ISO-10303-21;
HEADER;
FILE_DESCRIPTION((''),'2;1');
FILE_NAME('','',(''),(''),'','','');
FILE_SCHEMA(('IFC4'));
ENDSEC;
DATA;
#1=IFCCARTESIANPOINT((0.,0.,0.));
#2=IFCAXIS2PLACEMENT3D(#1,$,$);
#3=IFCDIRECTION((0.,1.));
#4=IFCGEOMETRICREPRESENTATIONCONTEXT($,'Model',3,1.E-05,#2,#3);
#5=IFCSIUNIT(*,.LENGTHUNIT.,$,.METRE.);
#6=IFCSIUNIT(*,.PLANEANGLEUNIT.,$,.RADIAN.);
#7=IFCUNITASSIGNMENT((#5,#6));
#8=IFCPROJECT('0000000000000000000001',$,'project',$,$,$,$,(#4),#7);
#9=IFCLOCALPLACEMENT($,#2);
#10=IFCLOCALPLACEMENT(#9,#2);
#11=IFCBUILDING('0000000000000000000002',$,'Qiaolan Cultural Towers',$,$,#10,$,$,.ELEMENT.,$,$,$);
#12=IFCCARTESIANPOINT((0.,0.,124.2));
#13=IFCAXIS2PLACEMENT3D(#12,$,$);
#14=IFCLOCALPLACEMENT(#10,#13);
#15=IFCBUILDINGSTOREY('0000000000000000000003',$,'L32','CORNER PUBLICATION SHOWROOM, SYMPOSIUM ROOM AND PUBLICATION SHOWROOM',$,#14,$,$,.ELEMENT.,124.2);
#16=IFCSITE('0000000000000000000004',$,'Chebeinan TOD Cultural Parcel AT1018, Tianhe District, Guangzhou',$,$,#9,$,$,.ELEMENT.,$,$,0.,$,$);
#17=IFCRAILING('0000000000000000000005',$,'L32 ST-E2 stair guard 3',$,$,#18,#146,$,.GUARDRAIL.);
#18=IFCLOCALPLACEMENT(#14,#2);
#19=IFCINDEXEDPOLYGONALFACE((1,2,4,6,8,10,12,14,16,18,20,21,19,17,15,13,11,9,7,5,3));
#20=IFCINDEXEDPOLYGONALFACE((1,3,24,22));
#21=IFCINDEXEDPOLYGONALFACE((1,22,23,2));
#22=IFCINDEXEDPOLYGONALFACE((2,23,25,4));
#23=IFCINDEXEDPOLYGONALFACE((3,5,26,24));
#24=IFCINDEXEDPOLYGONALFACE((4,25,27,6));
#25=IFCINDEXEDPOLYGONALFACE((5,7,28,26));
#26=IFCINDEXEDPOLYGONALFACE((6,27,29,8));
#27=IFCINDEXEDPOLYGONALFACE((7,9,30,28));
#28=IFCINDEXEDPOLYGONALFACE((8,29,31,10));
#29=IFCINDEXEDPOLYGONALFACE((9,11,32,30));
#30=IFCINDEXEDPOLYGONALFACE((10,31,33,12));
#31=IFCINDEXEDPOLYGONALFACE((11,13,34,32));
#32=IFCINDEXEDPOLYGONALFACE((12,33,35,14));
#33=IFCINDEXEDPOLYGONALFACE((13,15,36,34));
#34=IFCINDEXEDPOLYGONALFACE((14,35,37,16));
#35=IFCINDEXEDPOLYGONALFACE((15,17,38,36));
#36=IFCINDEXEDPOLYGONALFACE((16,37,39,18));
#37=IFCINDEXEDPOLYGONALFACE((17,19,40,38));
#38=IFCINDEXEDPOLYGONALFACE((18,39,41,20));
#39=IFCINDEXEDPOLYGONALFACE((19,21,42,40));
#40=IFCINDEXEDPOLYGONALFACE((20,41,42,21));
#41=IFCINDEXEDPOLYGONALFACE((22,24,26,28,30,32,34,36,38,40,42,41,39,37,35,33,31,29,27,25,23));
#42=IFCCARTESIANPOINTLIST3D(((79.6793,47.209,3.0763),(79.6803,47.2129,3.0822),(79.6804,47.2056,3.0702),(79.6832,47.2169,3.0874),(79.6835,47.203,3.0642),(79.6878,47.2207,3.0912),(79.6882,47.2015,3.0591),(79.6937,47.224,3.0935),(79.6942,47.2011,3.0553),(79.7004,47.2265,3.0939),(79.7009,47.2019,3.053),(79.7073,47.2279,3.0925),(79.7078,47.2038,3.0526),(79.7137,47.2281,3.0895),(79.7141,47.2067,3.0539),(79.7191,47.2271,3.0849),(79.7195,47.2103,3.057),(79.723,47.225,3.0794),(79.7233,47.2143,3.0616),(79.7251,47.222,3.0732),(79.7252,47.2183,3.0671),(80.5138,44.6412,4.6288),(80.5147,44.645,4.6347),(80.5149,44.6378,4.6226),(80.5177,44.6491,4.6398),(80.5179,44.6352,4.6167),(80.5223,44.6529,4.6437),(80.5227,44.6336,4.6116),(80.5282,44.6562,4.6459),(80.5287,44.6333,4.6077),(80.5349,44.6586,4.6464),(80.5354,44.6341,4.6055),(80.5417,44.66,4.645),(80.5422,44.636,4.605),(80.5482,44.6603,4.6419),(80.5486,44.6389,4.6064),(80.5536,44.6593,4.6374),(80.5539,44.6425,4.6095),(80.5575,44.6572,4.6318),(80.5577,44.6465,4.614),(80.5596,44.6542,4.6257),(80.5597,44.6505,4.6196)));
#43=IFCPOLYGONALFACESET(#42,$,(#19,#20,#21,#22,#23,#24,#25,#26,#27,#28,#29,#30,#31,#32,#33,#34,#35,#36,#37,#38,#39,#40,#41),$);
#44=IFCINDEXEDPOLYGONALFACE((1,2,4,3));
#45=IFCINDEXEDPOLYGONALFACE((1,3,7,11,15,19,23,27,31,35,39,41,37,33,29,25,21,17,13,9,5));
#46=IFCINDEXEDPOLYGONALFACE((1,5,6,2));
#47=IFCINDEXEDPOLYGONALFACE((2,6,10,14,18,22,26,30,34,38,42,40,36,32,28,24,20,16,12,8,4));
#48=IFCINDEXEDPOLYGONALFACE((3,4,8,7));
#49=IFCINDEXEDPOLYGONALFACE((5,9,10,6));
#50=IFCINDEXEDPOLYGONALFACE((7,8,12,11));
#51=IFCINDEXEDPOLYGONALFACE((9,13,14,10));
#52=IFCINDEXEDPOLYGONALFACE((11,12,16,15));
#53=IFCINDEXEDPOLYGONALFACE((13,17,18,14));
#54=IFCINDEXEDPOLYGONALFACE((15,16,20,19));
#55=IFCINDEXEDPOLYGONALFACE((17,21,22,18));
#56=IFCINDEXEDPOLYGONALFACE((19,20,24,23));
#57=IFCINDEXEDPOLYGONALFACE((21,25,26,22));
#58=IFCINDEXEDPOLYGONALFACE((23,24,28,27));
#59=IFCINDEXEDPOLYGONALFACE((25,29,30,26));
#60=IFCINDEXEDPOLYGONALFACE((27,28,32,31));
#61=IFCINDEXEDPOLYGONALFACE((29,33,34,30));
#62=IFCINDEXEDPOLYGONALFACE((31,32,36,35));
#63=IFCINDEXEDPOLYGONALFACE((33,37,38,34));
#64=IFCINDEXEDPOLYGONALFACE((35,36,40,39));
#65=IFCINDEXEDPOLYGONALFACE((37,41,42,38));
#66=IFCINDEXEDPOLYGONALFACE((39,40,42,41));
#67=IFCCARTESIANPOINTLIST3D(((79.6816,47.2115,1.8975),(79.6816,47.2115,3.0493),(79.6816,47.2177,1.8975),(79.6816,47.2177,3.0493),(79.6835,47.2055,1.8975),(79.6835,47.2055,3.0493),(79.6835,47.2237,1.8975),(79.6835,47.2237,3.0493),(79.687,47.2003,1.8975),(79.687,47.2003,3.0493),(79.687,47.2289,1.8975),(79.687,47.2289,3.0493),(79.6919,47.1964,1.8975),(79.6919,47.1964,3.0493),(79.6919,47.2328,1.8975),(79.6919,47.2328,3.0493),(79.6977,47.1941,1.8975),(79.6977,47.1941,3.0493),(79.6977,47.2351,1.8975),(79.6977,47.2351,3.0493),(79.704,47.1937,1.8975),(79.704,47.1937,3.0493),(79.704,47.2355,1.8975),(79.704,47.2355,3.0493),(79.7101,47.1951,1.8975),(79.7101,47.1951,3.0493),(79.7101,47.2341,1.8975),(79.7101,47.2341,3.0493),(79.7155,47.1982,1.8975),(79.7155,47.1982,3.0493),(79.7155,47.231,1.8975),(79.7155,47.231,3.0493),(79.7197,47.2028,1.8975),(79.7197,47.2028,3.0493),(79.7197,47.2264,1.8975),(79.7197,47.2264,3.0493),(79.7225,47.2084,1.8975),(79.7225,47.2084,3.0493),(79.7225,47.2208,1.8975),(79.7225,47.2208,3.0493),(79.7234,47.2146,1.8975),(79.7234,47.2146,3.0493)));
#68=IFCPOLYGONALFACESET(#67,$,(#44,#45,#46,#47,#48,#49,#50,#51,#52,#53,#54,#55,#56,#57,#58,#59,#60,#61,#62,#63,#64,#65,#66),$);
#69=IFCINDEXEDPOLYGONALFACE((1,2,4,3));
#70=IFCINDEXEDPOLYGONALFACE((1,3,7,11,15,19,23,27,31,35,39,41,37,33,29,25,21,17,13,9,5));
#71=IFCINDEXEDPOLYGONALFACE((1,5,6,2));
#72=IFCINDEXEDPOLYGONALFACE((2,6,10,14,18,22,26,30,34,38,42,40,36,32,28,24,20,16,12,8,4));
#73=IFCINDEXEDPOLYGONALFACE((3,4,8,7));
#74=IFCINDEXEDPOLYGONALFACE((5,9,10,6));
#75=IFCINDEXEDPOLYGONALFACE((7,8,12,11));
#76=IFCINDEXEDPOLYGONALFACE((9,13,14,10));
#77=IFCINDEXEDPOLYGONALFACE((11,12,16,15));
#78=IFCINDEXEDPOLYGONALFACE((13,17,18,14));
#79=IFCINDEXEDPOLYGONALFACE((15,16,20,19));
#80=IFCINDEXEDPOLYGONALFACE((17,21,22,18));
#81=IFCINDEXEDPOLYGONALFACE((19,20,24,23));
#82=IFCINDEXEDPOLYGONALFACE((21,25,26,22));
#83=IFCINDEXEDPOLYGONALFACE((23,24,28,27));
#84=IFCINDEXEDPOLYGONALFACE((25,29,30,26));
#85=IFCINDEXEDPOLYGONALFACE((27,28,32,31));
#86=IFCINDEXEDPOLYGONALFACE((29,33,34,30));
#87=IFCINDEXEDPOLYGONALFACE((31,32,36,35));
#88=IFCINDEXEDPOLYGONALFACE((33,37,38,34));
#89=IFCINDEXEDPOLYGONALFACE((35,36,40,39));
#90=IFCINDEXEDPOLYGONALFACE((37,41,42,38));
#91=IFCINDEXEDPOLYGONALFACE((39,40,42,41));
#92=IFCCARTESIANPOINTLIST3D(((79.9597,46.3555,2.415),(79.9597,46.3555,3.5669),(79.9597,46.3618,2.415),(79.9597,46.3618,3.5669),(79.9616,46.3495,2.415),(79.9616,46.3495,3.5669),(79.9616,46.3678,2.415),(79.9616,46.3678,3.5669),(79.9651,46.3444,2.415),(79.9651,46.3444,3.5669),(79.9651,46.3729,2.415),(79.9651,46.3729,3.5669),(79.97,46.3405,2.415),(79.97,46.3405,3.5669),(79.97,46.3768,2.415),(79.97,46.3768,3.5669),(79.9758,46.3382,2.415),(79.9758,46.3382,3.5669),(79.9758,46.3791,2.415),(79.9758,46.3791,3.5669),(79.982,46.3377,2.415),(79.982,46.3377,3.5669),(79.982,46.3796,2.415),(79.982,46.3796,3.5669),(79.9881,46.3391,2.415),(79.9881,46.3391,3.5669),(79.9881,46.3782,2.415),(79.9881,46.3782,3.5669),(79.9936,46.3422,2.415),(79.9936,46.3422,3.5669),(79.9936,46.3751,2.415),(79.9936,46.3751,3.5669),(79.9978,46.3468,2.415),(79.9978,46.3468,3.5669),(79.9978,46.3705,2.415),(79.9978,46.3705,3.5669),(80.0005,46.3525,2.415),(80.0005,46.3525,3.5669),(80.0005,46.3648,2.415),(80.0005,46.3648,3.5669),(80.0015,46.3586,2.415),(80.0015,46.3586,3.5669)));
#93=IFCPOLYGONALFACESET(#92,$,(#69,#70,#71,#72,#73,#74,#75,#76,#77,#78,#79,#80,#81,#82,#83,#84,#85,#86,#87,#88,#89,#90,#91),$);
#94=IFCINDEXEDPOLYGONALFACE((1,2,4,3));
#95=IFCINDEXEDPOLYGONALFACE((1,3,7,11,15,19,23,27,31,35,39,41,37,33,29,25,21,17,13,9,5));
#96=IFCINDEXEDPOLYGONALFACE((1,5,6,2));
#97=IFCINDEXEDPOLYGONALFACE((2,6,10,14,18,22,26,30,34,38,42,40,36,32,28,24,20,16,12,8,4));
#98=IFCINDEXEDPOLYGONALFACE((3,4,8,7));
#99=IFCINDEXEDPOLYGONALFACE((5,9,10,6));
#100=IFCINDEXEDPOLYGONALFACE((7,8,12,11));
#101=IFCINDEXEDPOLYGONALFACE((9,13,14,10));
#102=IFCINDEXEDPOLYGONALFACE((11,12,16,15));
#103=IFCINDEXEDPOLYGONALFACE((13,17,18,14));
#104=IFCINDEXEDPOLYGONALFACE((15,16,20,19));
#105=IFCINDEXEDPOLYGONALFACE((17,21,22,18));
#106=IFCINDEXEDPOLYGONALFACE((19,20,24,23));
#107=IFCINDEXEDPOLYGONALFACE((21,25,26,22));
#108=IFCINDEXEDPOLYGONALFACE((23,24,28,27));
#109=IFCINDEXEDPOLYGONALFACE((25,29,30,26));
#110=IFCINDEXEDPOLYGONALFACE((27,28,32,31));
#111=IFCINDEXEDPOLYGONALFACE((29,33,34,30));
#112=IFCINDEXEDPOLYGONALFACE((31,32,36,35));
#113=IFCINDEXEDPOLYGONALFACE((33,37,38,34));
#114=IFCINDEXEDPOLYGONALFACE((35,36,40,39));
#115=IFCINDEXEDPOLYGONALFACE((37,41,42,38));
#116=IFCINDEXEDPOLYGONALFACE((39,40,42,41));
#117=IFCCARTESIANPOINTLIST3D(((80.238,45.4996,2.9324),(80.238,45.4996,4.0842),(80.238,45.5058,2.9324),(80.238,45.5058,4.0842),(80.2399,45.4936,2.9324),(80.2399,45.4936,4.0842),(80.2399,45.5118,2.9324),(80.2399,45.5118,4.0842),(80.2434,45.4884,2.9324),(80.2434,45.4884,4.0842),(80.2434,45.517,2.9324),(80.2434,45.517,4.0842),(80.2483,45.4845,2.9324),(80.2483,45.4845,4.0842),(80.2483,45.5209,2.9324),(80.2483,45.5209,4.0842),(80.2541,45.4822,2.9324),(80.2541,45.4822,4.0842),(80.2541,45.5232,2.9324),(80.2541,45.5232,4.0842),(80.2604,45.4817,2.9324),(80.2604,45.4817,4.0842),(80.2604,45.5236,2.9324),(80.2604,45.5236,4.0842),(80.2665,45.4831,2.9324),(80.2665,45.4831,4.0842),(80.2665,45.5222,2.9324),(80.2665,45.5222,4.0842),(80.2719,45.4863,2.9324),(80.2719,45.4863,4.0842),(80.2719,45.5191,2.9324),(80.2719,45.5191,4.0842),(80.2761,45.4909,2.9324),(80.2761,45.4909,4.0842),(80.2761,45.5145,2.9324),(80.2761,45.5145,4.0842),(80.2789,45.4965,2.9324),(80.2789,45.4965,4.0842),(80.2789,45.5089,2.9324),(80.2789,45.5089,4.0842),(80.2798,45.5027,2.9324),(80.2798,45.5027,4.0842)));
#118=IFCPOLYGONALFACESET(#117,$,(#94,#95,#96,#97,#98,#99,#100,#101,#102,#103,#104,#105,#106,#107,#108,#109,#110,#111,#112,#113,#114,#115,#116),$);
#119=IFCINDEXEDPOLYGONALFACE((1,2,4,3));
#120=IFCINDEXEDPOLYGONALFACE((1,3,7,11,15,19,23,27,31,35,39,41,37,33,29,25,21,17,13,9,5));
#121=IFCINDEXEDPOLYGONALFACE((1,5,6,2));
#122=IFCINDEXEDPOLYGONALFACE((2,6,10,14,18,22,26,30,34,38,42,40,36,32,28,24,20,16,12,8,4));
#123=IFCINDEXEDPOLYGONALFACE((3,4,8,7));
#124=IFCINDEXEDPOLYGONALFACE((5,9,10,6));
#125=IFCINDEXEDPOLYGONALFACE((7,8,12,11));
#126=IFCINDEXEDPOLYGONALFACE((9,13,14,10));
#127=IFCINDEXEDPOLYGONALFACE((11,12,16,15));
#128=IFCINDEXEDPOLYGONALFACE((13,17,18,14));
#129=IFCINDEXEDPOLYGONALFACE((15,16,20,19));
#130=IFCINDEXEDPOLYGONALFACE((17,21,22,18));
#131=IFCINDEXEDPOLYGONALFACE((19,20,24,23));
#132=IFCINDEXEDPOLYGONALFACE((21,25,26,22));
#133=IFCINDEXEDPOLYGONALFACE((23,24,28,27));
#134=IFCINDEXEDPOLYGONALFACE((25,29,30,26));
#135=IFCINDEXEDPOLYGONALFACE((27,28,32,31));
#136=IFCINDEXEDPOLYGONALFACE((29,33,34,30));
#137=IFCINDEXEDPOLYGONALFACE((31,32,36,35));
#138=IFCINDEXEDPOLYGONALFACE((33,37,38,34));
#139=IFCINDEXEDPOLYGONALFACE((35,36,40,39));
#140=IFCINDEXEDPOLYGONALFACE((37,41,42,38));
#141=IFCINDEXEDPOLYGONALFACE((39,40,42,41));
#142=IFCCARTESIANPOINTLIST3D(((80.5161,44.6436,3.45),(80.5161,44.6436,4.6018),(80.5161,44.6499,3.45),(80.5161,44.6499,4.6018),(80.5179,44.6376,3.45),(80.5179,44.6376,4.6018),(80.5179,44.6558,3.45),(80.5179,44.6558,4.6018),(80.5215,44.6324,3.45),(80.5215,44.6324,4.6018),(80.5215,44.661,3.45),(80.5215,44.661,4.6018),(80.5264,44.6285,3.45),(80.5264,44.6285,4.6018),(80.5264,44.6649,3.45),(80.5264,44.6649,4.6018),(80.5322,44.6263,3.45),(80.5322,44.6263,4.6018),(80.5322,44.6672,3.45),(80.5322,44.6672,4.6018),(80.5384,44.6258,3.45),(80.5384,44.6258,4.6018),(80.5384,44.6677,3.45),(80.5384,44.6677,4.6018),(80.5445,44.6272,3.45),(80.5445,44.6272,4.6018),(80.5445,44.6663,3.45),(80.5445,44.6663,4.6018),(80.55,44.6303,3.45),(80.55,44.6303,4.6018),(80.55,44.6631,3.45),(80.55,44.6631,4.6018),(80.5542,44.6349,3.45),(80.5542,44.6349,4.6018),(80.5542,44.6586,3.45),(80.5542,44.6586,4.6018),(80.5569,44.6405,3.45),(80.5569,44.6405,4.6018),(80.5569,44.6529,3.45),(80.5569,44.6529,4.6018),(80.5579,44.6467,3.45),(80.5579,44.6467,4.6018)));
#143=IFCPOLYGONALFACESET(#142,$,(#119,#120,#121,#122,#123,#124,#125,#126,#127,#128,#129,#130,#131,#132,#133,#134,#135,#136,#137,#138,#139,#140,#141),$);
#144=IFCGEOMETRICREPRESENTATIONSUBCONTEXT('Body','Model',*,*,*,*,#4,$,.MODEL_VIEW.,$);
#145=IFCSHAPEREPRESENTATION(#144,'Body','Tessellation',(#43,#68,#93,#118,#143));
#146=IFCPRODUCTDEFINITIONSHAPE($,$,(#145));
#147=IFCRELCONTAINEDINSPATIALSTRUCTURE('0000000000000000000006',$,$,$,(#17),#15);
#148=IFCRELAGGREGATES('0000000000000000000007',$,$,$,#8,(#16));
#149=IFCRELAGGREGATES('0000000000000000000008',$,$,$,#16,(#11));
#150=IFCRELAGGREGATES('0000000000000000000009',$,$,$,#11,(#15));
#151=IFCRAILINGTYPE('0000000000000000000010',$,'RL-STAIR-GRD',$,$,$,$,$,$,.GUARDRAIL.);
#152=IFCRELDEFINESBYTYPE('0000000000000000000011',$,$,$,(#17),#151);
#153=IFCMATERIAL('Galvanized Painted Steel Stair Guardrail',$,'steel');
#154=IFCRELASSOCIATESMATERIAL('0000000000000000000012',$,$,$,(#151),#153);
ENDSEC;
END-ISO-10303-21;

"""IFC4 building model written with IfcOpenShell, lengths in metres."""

from ifc_helpers import new_model, si_unit, direction, frame, origin, origin_2d, place, context, subcontext, project, spatial, circle, extrude, material, type_object, element, save


model = new_model("IFC4")

# Units and contexts
model_context = context("Model", 3, precision=1e-05, world=origin(), true_north=direction((0.0, 1.0)))
body_context = subcontext(model_context, "Body", "Model", "MODEL_VIEW")
ifc_project = project(units=[si_unit("LENGTHUNIT", "METRE"), si_unit("PLANEANGLEUNIT", "RADIAN")], contexts=[model_context])

# Site, building, storey
site_placement = place(None, origin())
site = spatial("IfcSite", under=ifc_project, at=site_placement, Name="Chebeinan TOD Cultural Parcel AT1018, Tianhe District, Guangzhou", CompositionType="ELEMENT", RefElevation=0.0)
building_placement = place(site_placement, origin())
building = spatial("IfcBuilding", under=site, at=building_placement, Name="Qiaolan Cultural Towers", CompositionType="ELEMENT")
storey_placement = place(building_placement, frame((0.0, 0.0, 124.2)))
storey = spatial("IfcBuildingStorey", under=building, at=storey_placement, Name="L32", Description="CORNER PUBLICATION SHOWROOM, SYMPOSIUM ROOM AND PUBLICATION SHOWROOM", CompositionType="ELEMENT", Elevation=124.2)

# Railing
ifc_material_1 = material(Name="Galvanized Painted Steel Stair Guardrail", Category="steel")
railing_type_1 = type_object("IfcRailingType", Name="RL-STAIR-GRD", PredefinedType="GUARDRAIL", material=ifc_material_1)
railing_1_placement = place(storey_placement, frame((79.7024, 47.2146, 1.8975)))
element("IfcRailing", 1, at=railing_1_placement, inside=storey, type_object=railing_type_1, Name="L32 ST-E2 stair guard 3", PredefinedType="GUARDRAIL", context=body_context, shape_type="SweptSolid", body=[
    extrude(circle(Radius=0.0239, at=origin_2d()), frame((0.0, 0.0, 1.1758), z_axis=(0.267926, -0.824471, 0.498461), x_axis=(0.951043, 0.309057, 0.0)), (0.0, 0.0, 1.0), 3.1145),
    extrude(circle(Radius=0.021, at=origin_2d()), origin(), (0.0, 0.0, 1.0), 1.1519),
    extrude(circle(Radius=0.021, at=origin_2d()), frame((0.2781, -0.856, 0.5176)), (0.0, 0.0, 1.0), 1.1519),
    extrude(circle(Radius=0.021, at=origin_2d()), frame((0.5564, -1.7119, 1.0349)), (0.0, 0.0, 1.0), 1.1519),
    extrude(circle(Radius=0.021, at=origin_2d()), frame((0.8345, -2.5679, 1.5525)), (0.0, 0.0, 1.0), 1.1519),
])

save(model, "model.ifc")
